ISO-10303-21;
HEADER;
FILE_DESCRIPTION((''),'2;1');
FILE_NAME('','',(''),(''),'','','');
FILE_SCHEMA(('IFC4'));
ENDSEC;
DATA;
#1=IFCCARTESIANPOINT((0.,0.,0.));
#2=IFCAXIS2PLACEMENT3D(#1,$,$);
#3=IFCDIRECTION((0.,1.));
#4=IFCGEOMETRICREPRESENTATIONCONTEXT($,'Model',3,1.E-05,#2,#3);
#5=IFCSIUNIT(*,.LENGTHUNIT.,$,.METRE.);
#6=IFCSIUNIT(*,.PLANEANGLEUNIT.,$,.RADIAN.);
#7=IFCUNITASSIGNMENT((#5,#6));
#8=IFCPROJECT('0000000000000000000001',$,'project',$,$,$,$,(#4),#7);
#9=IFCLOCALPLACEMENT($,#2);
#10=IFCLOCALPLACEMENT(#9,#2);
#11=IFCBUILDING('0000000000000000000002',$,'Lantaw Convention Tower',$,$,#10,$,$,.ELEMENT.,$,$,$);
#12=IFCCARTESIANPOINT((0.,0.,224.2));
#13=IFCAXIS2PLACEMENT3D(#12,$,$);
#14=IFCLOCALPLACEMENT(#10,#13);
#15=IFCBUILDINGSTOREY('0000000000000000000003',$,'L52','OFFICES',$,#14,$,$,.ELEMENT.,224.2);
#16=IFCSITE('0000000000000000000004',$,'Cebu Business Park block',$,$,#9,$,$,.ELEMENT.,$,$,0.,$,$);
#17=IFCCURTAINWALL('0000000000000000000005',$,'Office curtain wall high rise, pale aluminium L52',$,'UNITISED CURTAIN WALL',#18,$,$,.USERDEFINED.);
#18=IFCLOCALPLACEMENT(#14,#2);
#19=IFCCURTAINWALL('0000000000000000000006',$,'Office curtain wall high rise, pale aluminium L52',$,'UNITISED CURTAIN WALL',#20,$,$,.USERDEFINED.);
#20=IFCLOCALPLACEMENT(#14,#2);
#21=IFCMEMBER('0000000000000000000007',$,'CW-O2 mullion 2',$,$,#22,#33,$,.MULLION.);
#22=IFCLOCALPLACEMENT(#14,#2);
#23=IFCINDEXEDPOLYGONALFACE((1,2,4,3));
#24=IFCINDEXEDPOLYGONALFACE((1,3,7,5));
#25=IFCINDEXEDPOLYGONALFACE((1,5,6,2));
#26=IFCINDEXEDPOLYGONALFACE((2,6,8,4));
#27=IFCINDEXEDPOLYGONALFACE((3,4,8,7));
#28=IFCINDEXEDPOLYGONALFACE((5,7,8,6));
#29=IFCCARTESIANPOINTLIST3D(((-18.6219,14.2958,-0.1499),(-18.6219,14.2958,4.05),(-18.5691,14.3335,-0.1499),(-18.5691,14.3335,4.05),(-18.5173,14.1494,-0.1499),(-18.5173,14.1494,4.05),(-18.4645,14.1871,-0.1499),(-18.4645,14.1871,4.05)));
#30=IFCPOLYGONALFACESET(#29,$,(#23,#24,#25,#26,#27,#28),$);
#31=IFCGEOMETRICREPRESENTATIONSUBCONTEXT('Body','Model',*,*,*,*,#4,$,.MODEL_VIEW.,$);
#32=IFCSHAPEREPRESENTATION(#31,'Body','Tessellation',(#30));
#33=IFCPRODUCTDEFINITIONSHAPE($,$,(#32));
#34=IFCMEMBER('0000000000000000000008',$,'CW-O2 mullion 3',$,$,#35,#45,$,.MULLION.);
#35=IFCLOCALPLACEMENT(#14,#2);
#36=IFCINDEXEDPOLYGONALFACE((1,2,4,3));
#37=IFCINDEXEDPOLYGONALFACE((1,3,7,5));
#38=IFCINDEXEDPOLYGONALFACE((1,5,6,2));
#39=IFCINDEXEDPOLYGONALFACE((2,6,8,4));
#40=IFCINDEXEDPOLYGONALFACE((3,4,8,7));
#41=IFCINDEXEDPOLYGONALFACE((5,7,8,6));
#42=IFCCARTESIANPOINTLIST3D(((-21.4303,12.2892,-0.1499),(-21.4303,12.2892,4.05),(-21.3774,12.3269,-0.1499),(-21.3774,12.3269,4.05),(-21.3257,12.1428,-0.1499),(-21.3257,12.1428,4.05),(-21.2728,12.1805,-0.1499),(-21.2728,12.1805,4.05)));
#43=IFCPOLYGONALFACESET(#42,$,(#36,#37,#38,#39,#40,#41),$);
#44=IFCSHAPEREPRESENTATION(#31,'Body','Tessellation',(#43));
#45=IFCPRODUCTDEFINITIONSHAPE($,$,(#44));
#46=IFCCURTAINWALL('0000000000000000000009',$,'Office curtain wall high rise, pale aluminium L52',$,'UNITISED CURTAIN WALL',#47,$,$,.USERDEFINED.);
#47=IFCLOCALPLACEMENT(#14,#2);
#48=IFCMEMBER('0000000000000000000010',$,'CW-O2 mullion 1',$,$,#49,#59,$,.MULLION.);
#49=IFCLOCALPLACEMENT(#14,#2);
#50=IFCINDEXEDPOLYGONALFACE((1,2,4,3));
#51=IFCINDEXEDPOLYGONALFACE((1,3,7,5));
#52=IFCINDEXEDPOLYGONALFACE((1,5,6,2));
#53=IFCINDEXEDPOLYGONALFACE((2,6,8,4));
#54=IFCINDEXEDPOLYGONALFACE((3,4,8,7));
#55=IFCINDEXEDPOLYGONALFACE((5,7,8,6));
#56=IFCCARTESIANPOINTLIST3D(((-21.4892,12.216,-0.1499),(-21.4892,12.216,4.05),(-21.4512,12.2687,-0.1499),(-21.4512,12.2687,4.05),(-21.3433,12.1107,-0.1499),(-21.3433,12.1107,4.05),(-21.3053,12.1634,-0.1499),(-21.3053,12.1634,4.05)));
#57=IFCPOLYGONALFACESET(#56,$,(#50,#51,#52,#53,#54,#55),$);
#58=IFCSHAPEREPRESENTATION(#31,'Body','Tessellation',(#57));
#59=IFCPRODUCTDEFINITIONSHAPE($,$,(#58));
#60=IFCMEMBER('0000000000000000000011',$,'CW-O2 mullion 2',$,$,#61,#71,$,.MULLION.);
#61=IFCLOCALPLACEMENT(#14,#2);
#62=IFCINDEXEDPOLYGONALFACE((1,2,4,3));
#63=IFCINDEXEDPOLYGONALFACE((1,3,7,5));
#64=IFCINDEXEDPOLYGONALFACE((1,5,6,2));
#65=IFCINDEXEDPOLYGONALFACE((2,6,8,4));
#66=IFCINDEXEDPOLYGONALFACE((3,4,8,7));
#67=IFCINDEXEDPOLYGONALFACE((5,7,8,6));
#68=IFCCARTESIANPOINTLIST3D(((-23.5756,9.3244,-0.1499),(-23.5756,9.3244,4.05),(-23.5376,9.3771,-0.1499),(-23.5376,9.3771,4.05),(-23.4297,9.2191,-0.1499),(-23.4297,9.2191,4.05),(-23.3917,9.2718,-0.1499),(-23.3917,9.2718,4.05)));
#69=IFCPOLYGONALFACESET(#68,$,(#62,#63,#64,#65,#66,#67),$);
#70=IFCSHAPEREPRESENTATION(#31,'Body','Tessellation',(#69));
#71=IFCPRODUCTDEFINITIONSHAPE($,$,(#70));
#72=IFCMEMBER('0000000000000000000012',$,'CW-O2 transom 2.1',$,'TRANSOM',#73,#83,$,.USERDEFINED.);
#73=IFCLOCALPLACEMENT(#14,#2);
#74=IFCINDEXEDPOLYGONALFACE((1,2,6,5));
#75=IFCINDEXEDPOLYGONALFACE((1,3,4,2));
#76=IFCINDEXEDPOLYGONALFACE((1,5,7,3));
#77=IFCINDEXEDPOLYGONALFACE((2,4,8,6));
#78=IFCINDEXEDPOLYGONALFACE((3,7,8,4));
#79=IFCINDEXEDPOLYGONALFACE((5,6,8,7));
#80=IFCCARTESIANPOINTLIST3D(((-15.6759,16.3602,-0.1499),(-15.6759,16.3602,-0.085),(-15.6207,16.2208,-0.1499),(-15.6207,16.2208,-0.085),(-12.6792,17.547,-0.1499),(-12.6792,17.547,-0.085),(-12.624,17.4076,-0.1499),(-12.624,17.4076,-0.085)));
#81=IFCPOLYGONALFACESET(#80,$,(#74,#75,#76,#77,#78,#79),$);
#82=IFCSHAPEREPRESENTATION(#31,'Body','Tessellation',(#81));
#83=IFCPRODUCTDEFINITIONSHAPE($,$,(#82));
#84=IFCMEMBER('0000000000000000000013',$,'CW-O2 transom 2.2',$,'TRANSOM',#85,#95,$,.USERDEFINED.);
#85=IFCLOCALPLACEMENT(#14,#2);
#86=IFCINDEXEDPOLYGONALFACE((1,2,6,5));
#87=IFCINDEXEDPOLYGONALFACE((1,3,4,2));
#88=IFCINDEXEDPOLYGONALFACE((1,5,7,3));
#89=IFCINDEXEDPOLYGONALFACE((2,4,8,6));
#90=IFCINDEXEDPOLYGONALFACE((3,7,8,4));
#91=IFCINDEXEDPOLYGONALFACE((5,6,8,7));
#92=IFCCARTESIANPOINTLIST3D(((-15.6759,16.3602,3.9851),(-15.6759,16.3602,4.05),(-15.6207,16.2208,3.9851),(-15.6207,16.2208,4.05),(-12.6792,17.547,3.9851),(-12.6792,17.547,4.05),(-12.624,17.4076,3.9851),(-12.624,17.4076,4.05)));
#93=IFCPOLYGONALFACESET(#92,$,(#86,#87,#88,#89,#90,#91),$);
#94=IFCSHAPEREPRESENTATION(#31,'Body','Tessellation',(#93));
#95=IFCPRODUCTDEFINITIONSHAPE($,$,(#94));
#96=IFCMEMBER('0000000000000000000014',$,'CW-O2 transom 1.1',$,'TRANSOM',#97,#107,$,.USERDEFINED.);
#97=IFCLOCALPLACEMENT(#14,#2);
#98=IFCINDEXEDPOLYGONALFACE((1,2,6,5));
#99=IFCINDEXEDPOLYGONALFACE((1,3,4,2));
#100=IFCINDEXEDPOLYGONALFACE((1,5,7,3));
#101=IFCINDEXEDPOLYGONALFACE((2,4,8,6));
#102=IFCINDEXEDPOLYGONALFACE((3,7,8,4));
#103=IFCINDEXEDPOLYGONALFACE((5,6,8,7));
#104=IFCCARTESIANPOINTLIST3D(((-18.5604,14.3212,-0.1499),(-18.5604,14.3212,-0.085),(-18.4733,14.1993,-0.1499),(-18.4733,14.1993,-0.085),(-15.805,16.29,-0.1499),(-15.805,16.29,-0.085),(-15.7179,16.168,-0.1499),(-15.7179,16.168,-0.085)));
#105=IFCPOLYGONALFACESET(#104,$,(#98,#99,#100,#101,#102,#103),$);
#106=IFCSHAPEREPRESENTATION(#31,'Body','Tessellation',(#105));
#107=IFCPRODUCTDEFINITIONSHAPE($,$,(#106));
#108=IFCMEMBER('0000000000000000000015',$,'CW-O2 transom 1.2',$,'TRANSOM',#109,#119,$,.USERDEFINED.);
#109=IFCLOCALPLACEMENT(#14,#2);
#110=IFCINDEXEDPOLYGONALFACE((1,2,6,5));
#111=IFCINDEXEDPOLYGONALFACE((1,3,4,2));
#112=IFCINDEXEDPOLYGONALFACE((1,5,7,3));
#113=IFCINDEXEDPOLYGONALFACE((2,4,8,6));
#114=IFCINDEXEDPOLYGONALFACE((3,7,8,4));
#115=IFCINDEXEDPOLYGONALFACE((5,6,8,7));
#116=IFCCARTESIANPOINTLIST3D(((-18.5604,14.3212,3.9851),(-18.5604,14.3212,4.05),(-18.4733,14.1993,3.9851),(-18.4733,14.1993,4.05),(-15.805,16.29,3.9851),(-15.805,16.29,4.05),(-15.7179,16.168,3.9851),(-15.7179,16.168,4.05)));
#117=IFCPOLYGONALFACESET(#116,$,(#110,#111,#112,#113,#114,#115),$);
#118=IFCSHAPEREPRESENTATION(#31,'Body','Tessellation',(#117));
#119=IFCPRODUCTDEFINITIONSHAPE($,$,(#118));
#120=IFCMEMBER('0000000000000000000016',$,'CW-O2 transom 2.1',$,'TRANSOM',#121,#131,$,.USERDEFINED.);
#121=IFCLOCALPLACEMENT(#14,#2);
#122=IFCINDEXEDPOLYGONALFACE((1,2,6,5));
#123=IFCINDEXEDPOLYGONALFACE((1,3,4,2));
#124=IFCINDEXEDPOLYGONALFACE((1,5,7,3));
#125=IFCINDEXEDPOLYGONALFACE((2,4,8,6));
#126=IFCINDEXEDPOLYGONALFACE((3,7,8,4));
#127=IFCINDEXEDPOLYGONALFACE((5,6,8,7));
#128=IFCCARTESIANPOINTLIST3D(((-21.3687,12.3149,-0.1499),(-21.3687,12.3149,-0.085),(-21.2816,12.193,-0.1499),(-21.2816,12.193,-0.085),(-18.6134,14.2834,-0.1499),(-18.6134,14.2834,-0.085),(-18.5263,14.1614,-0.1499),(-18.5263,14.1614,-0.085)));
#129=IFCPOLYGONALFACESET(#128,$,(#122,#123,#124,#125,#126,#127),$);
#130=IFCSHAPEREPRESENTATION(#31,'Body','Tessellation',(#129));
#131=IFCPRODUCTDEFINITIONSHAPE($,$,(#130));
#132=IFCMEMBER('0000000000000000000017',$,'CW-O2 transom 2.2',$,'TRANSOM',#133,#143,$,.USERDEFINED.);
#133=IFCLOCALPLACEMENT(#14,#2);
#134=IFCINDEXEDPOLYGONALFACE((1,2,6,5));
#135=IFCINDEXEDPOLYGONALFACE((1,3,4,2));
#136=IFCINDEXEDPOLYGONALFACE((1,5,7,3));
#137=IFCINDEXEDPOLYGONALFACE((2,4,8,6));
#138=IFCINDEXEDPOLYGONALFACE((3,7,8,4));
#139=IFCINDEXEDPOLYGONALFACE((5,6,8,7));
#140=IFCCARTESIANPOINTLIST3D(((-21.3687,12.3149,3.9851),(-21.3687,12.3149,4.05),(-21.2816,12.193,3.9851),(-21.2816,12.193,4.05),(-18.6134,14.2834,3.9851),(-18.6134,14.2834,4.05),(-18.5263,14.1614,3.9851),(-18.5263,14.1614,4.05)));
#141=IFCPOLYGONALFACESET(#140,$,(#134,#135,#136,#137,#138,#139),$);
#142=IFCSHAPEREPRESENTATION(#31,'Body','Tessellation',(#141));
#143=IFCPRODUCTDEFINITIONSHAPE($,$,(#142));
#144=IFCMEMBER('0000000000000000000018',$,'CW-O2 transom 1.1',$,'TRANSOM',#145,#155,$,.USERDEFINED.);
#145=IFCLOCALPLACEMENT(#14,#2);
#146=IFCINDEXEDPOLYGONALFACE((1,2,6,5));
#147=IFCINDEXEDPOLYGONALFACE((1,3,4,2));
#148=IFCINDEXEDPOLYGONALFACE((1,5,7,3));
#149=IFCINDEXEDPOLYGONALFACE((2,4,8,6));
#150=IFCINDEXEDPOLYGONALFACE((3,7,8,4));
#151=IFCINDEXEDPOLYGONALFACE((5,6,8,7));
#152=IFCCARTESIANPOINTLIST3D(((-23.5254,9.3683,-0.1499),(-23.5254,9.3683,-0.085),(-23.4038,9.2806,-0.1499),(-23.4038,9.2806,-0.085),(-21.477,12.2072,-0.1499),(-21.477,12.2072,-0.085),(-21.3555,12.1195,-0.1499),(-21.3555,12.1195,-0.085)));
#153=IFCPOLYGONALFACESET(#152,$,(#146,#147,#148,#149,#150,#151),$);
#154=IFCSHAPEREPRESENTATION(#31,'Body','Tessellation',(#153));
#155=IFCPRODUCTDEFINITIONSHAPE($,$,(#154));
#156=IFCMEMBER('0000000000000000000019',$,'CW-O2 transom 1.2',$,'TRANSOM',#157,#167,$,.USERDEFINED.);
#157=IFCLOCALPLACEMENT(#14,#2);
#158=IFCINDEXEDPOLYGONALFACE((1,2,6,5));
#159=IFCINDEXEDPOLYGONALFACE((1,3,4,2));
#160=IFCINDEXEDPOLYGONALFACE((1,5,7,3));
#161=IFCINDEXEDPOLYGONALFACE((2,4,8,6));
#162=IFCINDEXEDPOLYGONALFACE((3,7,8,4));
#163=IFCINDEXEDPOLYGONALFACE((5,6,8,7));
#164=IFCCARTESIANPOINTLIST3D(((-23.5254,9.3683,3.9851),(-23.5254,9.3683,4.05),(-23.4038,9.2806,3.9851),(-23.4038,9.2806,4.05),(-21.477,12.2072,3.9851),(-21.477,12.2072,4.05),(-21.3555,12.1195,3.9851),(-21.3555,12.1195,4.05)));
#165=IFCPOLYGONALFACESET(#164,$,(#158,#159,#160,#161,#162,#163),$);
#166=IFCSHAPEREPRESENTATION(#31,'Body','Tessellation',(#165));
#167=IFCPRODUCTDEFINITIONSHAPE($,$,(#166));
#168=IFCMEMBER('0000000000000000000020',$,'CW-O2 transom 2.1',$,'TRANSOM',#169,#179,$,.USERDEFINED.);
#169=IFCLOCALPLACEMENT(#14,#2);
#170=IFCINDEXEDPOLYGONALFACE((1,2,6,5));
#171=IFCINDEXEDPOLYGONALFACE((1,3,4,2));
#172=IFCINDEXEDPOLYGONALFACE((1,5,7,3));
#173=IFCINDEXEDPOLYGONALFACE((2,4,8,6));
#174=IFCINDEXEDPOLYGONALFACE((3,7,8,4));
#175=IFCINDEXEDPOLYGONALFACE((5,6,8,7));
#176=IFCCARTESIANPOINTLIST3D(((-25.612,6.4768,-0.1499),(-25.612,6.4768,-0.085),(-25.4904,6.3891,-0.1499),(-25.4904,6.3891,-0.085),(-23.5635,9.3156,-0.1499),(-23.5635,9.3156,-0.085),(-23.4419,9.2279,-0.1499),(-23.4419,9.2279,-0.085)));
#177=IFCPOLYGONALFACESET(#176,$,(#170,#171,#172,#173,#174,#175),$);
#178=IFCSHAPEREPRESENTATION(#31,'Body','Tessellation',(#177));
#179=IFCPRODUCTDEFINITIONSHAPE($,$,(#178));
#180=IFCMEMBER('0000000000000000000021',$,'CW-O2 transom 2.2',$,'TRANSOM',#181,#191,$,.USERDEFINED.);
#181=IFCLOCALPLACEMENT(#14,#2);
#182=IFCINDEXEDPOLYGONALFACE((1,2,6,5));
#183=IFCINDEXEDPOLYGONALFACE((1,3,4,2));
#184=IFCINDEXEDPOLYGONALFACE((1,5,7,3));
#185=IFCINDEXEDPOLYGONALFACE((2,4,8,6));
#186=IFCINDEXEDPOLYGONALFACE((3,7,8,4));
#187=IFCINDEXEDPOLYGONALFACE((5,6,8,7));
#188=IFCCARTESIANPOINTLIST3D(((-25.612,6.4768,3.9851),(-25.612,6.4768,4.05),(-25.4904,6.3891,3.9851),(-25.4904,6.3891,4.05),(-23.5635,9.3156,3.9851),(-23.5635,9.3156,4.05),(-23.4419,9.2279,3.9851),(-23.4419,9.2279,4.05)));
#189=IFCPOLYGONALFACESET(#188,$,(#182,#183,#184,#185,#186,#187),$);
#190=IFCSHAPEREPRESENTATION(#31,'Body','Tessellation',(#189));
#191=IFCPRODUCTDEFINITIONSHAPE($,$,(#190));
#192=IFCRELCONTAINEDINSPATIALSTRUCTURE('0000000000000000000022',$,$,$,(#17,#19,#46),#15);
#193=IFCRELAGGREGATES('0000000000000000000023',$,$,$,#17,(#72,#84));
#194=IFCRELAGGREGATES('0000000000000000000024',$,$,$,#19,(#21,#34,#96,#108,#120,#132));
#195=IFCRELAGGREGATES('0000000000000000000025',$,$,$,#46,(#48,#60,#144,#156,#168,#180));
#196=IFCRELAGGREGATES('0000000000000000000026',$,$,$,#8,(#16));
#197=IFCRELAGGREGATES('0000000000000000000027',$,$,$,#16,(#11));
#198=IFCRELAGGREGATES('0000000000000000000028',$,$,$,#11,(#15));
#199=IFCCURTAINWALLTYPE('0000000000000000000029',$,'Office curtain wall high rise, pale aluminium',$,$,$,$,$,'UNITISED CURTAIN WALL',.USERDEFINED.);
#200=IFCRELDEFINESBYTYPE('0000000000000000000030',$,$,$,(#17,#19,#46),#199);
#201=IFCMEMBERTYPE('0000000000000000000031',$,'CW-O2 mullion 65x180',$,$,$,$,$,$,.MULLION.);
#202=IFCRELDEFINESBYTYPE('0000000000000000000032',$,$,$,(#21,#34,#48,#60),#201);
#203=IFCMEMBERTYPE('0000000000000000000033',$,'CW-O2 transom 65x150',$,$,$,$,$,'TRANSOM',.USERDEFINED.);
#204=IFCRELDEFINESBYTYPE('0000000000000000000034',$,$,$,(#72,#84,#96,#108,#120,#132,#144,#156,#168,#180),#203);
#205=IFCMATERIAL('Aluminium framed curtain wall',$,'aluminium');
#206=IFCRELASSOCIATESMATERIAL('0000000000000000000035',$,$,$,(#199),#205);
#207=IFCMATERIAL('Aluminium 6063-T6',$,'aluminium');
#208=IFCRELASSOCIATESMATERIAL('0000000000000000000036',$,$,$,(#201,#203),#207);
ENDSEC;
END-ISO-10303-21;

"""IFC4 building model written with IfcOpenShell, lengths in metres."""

from ifc_helpers import new_model, si_unit, direction, frame, origin, origin_2d, place, context, subcontext, project, spatial, rectangle, extrude, material, material_profile, profile_set, type_object, element, aggregate, save


model = new_model("IFC4")

# Units and contexts
model_context = context("Model", 3, precision=1e-05, world=origin(), true_north=direction((0.0, 1.0)))
body_context = subcontext(model_context, "Body", "Model", "MODEL_VIEW")
ifc_project = project(units=[si_unit("LENGTHUNIT", "METRE"), si_unit("PLANEANGLEUNIT", "RADIAN")], contexts=[model_context])

# Site, building, storey
site_placement = place(None, origin())
site = spatial("IfcSite", under=ifc_project, at=site_placement, Name="Cebu Business Park block", CompositionType="ELEMENT", RefElevation=0.0)
building_placement = place(site_placement, origin())
building = spatial("IfcBuilding", under=site, at=building_placement, Name="Lantaw Convention Tower", CompositionType="ELEMENT")
storey_placement = place(building_placement, frame((0.0, 0.0, 224.2)))
storey = spatial("IfcBuildingStorey", under=building, at=storey_placement, Name="L52", Description="OFFICES", CompositionType="ELEMENT", Elevation=224.2)

# Curtain walls, members
ifc_material_1 = material(Name="Aluminium framed curtain wall", Category="aluminium")
curtain_wall_type = type_object("IfcCurtainWallType", Name="Office curtain wall high rise, pale aluminium", ElementType="UNITISED CURTAIN WALL", PredefinedType="USERDEFINED", material=ifc_material_1)
curtain_wall_1_placement = place(storey_placement, origin())
curtain_wall_1 = element("IfcCurtainWall", 1, at=curtain_wall_1_placement, inside=storey, type_object=curtain_wall_type, Name="Office curtain wall high rise, pale aluminium L52", ObjectType="UNITISED CURTAIN WALL", PredefinedType="USERDEFINED")
ifc_material_2 = material(Name="Aluminium 6063-T6", Category="aluminium")
ifc_material_profile_1 = material_profile(ifc_material_2, rectangle(XDim=0.1799, YDim=0.0649, at=origin_2d()), Name="CW-O2 mullion 65x180")
ifc_profile_set_1 = profile_set([ifc_material_profile_1], Name="Aluminium 6063-T6")
member_type_1 = type_object("IfcMemberType", Name="CW-O2 mullion 65x180", PredefinedType="MULLION", material=ifc_profile_set_1)
curtain_wall_2_placement = place(storey_placement, origin())
curtain_wall_2 = element("IfcCurtainWall", 2, at=curtain_wall_2_placement, inside=storey, type_object=curtain_wall_type, Name="Office curtain wall high rise, pale aluminium L52", ObjectType="UNITISED CURTAIN WALL", PredefinedType="USERDEFINED")
member_1_placement = place(storey_placement, frame((-18.5432, 14.2415, -0.1499), z_axis=(0.0, 0.0, 1.0), x_axis=(0.581323, -0.813673, 0.0)))
member_1 = element("IfcMember", 3, at=member_1_placement, type_object=member_type_1, Name="CW-O2 mullion 2", PredefinedType="MULLION", context=body_context, shape_type="SweptSolid", body=[
    extrude(rectangle(XDim=0.1799, YDim=0.0649, at=origin_2d()), origin(), (0.0, 0.0, 1.0), 4.2),
])
member_2_placement = place(storey_placement, frame((-21.3516, 12.2349, -0.1499), z_axis=(0.0, 0.0, 1.0), x_axis=(0.581323, -0.813673, 0.0)))
member_2 = element("IfcMember", 4, at=member_2_placement, type_object=member_type_1, Name="CW-O2 mullion 3", PredefinedType="MULLION", context=body_context, shape_type="SweptSolid", body=[
    extrude(rectangle(XDim=0.1799, YDim=0.0649, at=origin_2d()), origin(), (0.0, 0.0, 1.0), 4.2),
])
curtain_wall_3_placement = place(storey_placement, origin())
curtain_wall_3 = element("IfcCurtainWall", 5, at=curtain_wall_3_placement, inside=storey, type_object=curtain_wall_type, Name="Office curtain wall high rise, pale aluminium L52", ObjectType="UNITISED CURTAIN WALL", PredefinedType="USERDEFINED")
member_3_placement = place(storey_placement, frame((-21.3972, 12.1897, -0.1499), z_axis=(0.0, 0.0, 1.0), x_axis=(0.81092, -0.585158, 0.0)))
member_3 = element("IfcMember", 6, at=member_3_placement, type_object=member_type_1, Name="CW-O2 mullion 1", PredefinedType="MULLION", context=body_context, shape_type="SweptSolid", body=[
    extrude(rectangle(XDim=0.1799, YDim=0.0649, at=origin_2d()), origin(), (0.0, 0.0, 1.0), 4.2),
])
member_4_placement = place(storey_placement, frame((-23.4836, 9.2981, -0.1499), z_axis=(0.0, 0.0, 1.0), x_axis=(0.81092, -0.585158, 0.0)))
member_4 = element("IfcMember", 7, at=member_4_placement, type_object=member_type_1, Name="CW-O2 mullion 2", PredefinedType="MULLION", context=body_context, shape_type="SweptSolid", body=[
    extrude(rectangle(XDim=0.1799, YDim=0.0649, at=origin_2d()), origin(), (0.0, 0.0, 1.0), 4.2),
])

# Members
ifc_material_profile_2 = material_profile(ifc_material_2, rectangle(XDim=0.1499, YDim=0.0649, at=origin_2d()), Name="CW-O2 transom 65x150")
ifc_profile_set_2 = profile_set([ifc_material_profile_2], Name="Aluminium 6063-T6")
member_type_2 = type_object("IfcMemberType", Name="CW-O2 transom 65x150", ElementType="TRANSOM", PredefinedType="USERDEFINED", material=ifc_profile_set_2)
member_5_placement = place(storey_placement, frame((-12.6516, 17.4773, -0.1174), z_axis=(-0.929741, -0.368215, 0.0), x_axis=(0.368215, -0.929741, 0.0)))
member_5 = element("IfcMember", 8, at=member_5_placement, type_object=member_type_2, Name="CW-O2 transom 2.1", ObjectType="TRANSOM", PredefinedType="USERDEFINED", context=body_context, shape_type="SweptSolid", body=[
    extrude(rectangle(XDim=0.1499, YDim=0.0649, at=origin_2d()), origin(), (0.0, 0.0, 1.0), 3.2231),
])
member_6_placement = place(storey_placement, frame((-12.6516, 17.4773, 4.0176), z_axis=(-0.929741, -0.368215, 0.0), x_axis=(0.368215, -0.929741, 0.0)))
member_6 = element("IfcMember", 9, at=member_6_placement, type_object=member_type_2, Name="CW-O2 transom 2.2", ObjectType="TRANSOM", PredefinedType="USERDEFINED", context=body_context, shape_type="SweptSolid", body=[
    extrude(rectangle(XDim=0.1499, YDim=0.0649, at=origin_2d()), origin(), (0.0, 0.0, 1.0), 3.2231),
])
member_7_placement = place(storey_placement, frame((-15.7615, 16.229, -0.1174), z_axis=(-0.813646, -0.581361, 0.0), x_axis=(0.581361, -0.813646, 0.0)))
member_7 = element("IfcMember", 10, at=member_7_placement, type_object=member_type_2, Name="CW-O2 transom 1.1", ObjectType="TRANSOM", PredefinedType="USERDEFINED", context=body_context, shape_type="SweptSolid", body=[
    extrude(rectangle(XDim=0.1499, YDim=0.0649, at=origin_2d()), origin(), (0.0, 0.0, 1.0), 3.3865),
])
member_8_placement = place(storey_placement, frame((-15.7615, 16.229, 4.0176), z_axis=(-0.813646, -0.581361, 0.0), x_axis=(0.581361, -0.813646, 0.0)))
member_8 = element("IfcMember", 11, at=member_8_placement, type_object=member_type_2, Name="CW-O2 transom 1.2", ObjectType="TRANSOM", PredefinedType="USERDEFINED", context=body_context, shape_type="SweptSolid", body=[
    extrude(rectangle(XDim=0.1499, YDim=0.0649, at=origin_2d()), origin(), (0.0, 0.0, 1.0), 3.3865),
])
member_9_placement = place(storey_placement, frame((-18.5698, 14.2224, -0.1174), z_axis=(-0.81368, -0.581313, 0.0), x_axis=(0.581313, -0.81368, 0.0)))
member_9 = element("IfcMember", 12, at=member_9_placement, type_object=member_type_2, Name="CW-O2 transom 2.1", ObjectType="TRANSOM", PredefinedType="USERDEFINED", context=body_context, shape_type="SweptSolid", body=[
    extrude(rectangle(XDim=0.1499, YDim=0.0649, at=origin_2d()), origin(), (0.0, 0.0, 1.0), 3.3862),
])
member_10_placement = place(storey_placement, frame((-18.5698, 14.2224, 4.0176), z_axis=(-0.81368, -0.581313, 0.0), x_axis=(0.581313, -0.81368, 0.0)))
member_10 = element("IfcMember", 13, at=member_10_placement, type_object=member_type_2, Name="CW-O2 transom 2.2", ObjectType="TRANSOM", PredefinedType="USERDEFINED", context=body_context, shape_type="SweptSolid", body=[
    extrude(rectangle(XDim=0.1499, YDim=0.0649, at=origin_2d()), origin(), (0.0, 0.0, 1.0), 3.3862),
])
member_11_placement = place(storey_placement, frame((-21.4163, 12.1633, -0.1174), z_axis=(-0.585124, -0.810944, 0.0), x_axis=(0.810944, -0.585124, 0.0)))
member_11 = element("IfcMember", 14, at=member_11_placement, type_object=member_type_2, Name="CW-O2 transom 1.1", ObjectType="TRANSOM", PredefinedType="USERDEFINED", context=body_context, shape_type="SweptSolid", body=[
    extrude(rectangle(XDim=0.1499, YDim=0.0649, at=origin_2d()), origin(), (0.0, 0.0, 1.0), 3.5007),
])
member_12_placement = place(storey_placement, frame((-21.4163, 12.1633, 4.0176), z_axis=(-0.585124, -0.810944, 0.0), x_axis=(0.810944, -0.585124, 0.0)))
member_12 = element("IfcMember", 15, at=member_12_placement, type_object=member_type_2, Name="CW-O2 transom 1.2", ObjectType="TRANSOM", PredefinedType="USERDEFINED", context=body_context, shape_type="SweptSolid", body=[
    extrude(rectangle(XDim=0.1499, YDim=0.0649, at=origin_2d()), origin(), (0.0, 0.0, 1.0), 3.5007),
])
member_13_placement = place(storey_placement, frame((-23.5027, 9.2717, -0.1174), z_axis=(-0.58517, -0.810911, 0.0), x_axis=(0.810911, -0.58517, 0.0)))
member_13 = element("IfcMember", 16, at=member_13_placement, type_object=member_type_2, Name="CW-O2 transom 2.1", ObjectType="TRANSOM", PredefinedType="USERDEFINED", context=body_context, shape_type="SweptSolid", body=[
    extrude(rectangle(XDim=0.1499, YDim=0.0649, at=origin_2d()), origin(), (0.0, 0.0, 1.0), 3.5007),
])
member_14_placement = place(storey_placement, frame((-23.5027, 9.2717, 4.0176), z_axis=(-0.58517, -0.810911, 0.0), x_axis=(0.810911, -0.58517, 0.0)))
member_14 = element("IfcMember", 17, at=member_14_placement, type_object=member_type_2, Name="CW-O2 transom 2.2", ObjectType="TRANSOM", PredefinedType="USERDEFINED", context=body_context, shape_type="SweptSolid", body=[
    extrude(rectangle(XDim=0.1499, YDim=0.0649, at=origin_2d()), origin(), (0.0, 0.0, 1.0), 3.5007),
])

aggregate(curtain_wall_1, [member_5, member_6])
aggregate(curtain_wall_2, [member_1, member_2, member_7, member_8, member_9, member_10])
aggregate(curtain_wall_3, [member_3, member_4, member_11, member_12, member_13, member_14])

save(model, "model.ifc")
